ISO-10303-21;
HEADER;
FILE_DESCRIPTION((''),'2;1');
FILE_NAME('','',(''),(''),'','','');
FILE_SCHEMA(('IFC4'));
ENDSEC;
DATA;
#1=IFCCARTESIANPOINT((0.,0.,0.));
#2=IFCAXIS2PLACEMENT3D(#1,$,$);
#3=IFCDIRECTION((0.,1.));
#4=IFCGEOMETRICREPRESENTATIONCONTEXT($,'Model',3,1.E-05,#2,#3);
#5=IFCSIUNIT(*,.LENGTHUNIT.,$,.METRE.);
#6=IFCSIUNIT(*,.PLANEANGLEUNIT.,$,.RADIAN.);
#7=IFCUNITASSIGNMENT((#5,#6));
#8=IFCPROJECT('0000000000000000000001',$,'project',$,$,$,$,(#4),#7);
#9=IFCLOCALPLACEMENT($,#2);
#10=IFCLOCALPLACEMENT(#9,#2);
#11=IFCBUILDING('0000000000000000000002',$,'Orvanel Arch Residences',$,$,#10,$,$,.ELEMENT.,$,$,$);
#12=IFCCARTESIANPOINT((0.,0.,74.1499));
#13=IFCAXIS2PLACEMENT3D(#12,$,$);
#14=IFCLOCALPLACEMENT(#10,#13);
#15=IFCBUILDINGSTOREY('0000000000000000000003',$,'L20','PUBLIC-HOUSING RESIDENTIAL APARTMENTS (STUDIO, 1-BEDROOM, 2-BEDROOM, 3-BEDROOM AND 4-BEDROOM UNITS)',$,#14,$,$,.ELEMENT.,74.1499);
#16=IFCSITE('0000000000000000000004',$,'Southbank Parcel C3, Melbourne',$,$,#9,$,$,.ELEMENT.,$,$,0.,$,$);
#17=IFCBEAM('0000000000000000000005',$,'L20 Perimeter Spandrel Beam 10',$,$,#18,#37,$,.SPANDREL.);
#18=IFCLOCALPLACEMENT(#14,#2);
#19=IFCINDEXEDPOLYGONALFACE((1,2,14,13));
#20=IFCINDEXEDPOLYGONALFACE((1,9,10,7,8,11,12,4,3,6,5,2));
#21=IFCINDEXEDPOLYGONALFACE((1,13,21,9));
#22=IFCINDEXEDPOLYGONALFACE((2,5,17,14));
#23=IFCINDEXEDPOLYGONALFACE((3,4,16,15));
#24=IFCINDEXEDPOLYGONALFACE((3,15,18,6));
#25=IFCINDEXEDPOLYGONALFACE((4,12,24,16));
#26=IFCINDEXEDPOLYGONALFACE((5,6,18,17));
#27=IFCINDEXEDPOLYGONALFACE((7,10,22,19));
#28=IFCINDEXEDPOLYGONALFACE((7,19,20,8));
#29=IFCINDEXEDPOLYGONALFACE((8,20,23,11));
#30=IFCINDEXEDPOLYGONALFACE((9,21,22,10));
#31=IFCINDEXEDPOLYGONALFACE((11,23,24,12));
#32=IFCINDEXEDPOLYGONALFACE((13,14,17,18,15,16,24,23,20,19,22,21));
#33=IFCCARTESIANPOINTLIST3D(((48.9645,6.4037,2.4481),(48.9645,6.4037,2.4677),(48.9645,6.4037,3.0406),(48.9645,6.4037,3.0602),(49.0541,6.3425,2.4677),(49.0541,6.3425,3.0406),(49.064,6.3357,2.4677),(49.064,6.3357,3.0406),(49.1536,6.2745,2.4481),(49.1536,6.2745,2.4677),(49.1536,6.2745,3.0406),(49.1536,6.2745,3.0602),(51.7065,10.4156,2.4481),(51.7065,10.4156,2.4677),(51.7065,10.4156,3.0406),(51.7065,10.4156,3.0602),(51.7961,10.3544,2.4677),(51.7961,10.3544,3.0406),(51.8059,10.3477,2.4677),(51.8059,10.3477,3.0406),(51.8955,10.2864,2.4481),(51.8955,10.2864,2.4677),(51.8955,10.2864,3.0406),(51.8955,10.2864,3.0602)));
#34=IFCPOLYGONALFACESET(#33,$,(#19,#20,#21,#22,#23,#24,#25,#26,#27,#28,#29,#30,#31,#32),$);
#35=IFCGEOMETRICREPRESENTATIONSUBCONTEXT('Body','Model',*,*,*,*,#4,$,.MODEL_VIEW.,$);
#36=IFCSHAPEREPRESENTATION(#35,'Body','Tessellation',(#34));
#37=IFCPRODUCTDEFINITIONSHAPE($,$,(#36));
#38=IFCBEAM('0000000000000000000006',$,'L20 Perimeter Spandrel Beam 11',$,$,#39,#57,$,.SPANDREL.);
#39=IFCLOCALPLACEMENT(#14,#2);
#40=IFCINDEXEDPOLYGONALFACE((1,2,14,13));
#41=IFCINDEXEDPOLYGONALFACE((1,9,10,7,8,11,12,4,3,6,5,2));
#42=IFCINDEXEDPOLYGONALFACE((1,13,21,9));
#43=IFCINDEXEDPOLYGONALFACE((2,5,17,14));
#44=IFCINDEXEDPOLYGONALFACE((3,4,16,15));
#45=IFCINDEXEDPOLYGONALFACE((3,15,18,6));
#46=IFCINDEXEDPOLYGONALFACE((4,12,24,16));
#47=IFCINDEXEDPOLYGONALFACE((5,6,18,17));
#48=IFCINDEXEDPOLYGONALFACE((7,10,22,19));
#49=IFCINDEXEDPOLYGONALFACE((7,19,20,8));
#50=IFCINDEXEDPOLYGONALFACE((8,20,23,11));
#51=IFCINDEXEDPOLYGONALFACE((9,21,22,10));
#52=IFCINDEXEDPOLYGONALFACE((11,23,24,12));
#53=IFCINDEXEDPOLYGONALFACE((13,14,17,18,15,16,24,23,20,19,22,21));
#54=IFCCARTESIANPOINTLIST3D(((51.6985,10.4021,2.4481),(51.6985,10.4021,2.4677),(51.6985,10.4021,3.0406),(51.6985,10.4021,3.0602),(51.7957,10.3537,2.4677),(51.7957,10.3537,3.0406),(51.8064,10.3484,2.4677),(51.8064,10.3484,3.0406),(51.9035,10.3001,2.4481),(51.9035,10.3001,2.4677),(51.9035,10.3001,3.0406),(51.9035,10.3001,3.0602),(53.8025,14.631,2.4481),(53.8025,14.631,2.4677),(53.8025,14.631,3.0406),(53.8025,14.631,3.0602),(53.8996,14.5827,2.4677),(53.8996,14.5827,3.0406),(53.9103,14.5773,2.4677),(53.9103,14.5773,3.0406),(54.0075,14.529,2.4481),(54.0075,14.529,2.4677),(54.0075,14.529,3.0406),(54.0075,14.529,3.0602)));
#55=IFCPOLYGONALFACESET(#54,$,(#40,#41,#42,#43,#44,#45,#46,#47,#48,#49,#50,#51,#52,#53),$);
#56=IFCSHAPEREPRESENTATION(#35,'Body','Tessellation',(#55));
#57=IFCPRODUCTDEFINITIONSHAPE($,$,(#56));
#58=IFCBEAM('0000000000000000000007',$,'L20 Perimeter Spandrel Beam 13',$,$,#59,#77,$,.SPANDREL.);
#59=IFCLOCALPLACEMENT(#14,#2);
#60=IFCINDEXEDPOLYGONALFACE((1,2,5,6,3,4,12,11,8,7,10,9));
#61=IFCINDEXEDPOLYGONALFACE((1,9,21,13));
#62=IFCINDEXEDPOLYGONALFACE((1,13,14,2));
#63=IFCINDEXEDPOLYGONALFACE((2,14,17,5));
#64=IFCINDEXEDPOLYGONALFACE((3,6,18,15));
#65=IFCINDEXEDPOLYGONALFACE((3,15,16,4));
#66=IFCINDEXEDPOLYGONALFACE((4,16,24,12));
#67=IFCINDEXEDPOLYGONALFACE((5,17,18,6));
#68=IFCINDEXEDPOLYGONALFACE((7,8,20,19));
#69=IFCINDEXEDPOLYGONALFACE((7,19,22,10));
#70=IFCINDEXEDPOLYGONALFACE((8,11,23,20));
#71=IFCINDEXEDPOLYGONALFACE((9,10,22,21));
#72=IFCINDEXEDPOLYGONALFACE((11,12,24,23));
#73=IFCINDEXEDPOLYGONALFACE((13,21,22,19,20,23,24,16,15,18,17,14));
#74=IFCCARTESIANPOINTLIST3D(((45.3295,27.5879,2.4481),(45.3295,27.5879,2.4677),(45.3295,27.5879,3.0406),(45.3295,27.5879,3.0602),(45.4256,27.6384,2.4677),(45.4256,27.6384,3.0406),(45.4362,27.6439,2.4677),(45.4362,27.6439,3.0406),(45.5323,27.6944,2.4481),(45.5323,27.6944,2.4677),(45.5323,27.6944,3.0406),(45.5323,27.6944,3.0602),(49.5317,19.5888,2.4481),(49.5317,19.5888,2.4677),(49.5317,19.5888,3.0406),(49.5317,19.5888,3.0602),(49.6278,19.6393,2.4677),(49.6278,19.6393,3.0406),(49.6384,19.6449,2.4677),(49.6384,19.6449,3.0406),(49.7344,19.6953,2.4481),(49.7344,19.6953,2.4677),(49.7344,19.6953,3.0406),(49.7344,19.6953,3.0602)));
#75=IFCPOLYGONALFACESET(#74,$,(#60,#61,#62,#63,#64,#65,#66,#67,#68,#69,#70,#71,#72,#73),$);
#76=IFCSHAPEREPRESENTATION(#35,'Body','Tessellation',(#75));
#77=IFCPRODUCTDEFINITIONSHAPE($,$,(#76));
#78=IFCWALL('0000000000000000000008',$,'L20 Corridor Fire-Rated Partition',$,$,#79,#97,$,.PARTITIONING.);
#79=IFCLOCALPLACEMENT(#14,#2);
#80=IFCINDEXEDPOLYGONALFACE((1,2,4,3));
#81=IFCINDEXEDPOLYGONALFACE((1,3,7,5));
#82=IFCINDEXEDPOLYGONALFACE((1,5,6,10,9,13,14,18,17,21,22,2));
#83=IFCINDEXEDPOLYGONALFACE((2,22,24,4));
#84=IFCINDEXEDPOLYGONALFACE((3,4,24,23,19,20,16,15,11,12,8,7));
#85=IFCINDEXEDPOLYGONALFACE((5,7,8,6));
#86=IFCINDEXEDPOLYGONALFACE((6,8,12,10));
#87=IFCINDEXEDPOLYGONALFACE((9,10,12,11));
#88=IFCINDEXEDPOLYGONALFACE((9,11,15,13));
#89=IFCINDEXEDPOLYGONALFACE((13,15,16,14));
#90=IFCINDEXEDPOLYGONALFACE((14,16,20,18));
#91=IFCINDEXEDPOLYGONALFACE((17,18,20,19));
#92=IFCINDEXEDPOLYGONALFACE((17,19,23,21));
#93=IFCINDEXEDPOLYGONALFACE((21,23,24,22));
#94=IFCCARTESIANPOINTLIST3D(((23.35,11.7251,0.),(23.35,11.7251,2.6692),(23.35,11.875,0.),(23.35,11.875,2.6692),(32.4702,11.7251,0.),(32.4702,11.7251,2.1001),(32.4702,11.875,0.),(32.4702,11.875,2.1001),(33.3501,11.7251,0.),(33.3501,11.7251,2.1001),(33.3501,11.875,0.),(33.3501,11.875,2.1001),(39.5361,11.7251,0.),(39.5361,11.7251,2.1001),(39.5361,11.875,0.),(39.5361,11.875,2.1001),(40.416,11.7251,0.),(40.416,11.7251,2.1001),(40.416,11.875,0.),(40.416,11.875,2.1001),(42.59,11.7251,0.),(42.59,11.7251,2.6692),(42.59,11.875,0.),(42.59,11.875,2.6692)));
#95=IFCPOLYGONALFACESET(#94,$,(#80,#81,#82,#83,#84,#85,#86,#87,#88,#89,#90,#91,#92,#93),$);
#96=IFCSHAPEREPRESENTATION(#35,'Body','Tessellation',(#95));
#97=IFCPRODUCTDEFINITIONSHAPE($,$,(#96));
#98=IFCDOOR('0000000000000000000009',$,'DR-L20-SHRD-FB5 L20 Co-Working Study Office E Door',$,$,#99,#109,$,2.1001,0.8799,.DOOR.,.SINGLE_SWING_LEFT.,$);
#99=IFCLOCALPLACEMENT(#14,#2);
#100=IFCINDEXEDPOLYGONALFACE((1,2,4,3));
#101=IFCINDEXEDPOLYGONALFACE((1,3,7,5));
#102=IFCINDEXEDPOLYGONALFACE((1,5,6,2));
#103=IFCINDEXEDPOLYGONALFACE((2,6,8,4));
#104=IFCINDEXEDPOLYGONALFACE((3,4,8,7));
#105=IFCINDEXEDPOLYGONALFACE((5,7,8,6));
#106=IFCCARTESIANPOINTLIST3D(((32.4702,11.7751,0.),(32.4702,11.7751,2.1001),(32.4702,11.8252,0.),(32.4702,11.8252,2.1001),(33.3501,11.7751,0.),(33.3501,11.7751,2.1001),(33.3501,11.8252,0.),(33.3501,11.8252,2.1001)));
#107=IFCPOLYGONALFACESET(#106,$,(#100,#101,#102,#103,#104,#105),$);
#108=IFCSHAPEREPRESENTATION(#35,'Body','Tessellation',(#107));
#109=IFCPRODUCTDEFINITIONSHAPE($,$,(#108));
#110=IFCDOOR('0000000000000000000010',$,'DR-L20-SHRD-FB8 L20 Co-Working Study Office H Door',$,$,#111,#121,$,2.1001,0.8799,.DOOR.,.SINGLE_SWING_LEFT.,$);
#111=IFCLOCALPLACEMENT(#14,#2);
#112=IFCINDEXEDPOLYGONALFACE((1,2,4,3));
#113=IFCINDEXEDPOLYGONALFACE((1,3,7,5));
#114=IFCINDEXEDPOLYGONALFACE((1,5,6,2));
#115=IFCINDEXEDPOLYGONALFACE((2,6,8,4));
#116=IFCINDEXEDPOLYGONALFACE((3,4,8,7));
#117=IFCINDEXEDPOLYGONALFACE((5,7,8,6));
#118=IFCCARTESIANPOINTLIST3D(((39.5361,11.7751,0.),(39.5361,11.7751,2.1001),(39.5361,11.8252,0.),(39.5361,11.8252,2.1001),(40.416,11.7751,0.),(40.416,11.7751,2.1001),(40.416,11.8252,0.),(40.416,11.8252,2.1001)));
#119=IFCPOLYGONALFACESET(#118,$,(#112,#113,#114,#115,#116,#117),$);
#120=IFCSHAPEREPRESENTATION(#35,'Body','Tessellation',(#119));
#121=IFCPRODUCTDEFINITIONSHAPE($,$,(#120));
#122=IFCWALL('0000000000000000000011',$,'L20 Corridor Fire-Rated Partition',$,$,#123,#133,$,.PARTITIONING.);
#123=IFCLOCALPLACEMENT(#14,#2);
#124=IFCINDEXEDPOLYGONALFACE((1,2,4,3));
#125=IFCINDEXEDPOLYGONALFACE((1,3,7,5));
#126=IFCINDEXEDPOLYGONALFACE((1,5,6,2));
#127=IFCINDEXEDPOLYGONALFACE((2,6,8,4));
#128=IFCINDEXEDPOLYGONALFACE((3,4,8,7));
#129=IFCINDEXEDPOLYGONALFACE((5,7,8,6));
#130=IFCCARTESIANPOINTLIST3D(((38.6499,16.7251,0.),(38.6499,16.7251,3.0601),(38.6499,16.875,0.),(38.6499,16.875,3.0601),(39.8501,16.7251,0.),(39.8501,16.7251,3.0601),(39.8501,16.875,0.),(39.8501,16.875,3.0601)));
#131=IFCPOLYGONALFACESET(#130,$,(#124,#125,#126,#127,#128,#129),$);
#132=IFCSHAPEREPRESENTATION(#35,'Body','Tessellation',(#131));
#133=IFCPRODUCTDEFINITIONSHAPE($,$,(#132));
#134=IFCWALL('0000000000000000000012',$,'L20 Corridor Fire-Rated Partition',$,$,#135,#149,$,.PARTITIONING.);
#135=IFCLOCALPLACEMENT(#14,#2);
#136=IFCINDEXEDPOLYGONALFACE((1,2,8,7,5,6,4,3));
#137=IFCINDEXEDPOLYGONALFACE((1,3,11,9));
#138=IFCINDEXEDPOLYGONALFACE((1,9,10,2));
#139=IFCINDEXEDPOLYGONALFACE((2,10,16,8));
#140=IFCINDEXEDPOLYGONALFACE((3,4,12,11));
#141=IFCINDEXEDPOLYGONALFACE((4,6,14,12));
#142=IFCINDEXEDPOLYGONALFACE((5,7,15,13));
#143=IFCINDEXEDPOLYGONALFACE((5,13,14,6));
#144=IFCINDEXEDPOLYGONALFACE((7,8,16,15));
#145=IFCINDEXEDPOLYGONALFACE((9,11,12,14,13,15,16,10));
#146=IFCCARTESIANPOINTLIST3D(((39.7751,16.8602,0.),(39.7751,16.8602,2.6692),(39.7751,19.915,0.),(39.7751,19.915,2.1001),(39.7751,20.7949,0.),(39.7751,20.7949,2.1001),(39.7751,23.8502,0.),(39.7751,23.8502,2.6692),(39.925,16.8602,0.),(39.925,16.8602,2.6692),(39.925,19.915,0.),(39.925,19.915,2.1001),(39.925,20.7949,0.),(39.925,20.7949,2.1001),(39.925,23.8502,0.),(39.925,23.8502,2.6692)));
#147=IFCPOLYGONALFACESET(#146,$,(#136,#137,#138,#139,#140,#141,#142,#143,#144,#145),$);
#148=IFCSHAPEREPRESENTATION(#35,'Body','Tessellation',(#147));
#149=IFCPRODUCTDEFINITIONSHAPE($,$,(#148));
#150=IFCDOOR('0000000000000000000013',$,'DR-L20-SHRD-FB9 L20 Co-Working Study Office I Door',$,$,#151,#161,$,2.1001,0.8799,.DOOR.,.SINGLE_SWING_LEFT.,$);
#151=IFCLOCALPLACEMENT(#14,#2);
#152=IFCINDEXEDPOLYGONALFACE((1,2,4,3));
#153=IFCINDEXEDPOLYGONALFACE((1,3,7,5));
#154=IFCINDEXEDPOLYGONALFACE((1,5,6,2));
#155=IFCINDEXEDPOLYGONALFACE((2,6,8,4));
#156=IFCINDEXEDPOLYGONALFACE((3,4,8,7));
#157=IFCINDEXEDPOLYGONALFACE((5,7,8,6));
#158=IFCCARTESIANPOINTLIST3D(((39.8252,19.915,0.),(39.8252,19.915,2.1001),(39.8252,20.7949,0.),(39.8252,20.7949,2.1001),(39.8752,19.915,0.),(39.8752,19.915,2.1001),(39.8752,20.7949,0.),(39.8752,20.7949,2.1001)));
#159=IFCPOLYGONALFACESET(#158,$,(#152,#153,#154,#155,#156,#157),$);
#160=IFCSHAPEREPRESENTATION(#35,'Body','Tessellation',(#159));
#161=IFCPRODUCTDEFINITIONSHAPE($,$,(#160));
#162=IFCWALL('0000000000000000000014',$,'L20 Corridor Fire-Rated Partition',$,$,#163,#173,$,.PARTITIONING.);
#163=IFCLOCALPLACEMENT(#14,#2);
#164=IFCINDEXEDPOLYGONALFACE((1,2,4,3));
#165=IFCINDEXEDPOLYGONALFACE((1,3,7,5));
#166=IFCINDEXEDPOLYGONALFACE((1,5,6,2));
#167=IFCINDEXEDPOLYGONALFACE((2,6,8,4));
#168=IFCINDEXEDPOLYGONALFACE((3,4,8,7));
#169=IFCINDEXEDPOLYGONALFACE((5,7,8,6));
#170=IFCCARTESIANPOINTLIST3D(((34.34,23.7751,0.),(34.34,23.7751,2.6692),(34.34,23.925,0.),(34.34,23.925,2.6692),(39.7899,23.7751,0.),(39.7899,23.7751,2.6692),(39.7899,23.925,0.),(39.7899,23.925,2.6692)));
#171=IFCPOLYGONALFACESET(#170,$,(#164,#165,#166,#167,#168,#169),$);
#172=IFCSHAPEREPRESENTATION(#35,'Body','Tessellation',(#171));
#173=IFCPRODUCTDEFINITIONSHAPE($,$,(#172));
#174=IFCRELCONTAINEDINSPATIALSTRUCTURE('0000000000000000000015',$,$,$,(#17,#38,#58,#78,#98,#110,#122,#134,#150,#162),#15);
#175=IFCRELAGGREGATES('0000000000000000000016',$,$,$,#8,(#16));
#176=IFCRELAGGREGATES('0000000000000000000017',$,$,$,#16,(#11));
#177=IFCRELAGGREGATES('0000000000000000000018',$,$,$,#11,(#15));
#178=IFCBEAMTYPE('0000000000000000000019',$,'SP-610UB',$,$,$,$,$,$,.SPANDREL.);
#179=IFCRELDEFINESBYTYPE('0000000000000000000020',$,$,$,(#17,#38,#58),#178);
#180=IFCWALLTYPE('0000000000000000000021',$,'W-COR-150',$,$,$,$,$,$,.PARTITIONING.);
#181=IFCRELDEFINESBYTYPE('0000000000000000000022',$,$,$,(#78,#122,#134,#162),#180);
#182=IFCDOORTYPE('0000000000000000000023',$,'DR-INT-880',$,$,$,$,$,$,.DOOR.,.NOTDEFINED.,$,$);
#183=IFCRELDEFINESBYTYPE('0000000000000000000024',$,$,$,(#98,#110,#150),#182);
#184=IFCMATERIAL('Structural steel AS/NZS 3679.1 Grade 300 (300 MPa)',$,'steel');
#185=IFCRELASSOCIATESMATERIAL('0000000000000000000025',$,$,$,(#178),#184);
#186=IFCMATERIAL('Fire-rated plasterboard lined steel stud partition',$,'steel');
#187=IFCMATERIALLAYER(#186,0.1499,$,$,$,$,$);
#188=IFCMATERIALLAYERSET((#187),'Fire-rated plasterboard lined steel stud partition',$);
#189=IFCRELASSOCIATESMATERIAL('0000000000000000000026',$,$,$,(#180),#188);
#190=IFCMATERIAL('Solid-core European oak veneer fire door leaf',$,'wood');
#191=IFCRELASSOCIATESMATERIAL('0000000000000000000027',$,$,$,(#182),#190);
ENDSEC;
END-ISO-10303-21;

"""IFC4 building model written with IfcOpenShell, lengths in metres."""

from ifc_helpers import new_model, si_unit, direction, frame, frame_2d, origin, origin_2d, place, context, subcontext, project, spatial, rectangle, i_section, extrude, material, layer, layer_set, material_profile, profile_set, type_object, element, fill, save


model = new_model("IFC4")

# Units and contexts
model_context = context("Model", 3, precision=1e-05, world=origin(), true_north=direction((0.0, 1.0)))
body_context = subcontext(model_context, "Body", "Model", "MODEL_VIEW")
ifc_project = project(units=[si_unit("LENGTHUNIT", "METRE"), si_unit("PLANEANGLEUNIT", "RADIAN")], contexts=[model_context])

# Site, building, storey
site_placement = place(None, origin())
site = spatial("IfcSite", under=ifc_project, at=site_placement, Name="Southbank Parcel C3, Melbourne", CompositionType="ELEMENT", RefElevation=0.0)
building_placement = place(site_placement, origin())
building = spatial("IfcBuilding", under=site, at=building_placement, Name="Orvanel Arch Residences", CompositionType="ELEMENT")
storey_placement = place(building_placement, frame((0.0, 0.0, 74.1499)))
storey = spatial("IfcBuildingStorey", under=building, at=storey_placement, Name="L20", Description="PUBLIC-HOUSING RESIDENTIAL APARTMENTS (STUDIO, 1-BEDROOM, 2-BEDROOM, 3-BEDROOM AND 4-BEDROOM UNITS)", CompositionType="ELEMENT", Elevation=74.1499)

# Beams
ifc_material_1 = material(Name="Structural steel AS/NZS 3679.1 Grade 300 (300 MPa)", Category="steel")
ifc_material_profile_1 = material_profile(ifc_material_1, i_section(OverallWidth=0.229, OverallDepth=0.6121, WebThickness=0.012, FlangeThickness=0.0195, at=origin_2d()), Name="610UB125")
ifc_profile_set_1 = profile_set([ifc_material_profile_1], Name="Structural steel AS/NZS 3679.1 Grade 300 (300 MPa)")
beam_type = type_object("IfcBeamType", Name="SP-610UB", PredefinedType="SPANDREL", material=ifc_profile_set_1)
beam_1_placement = place(storey_placement, frame((49.0591, 6.3391, 2.7542), z_axis=(0.564252, 0.825603, 0.0), x_axis=(-0.825603, 0.564252, 0.0)))
element("IfcBeam", 1, at=beam_1_placement, inside=storey, type_object=beam_type, Name="L20 Perimeter Spandrel Beam 10", PredefinedType="SPANDREL", context=body_context, shape_type="SweptSolid", body=[
    extrude(i_section(OverallWidth=0.229, OverallDepth=0.6121, WebThickness=0.012, FlangeThickness=0.0195, at=origin_2d()), origin(), (0.0, 0.0, 1.0), 4.8594),
])
beam_2_placement = place(storey_placement, frame((51.801, 10.3511, 2.7542), z_axis=(0.445435, 0.895314, 0.0), x_axis=(-0.895314, 0.445435, 0.0)))
element("IfcBeam", 2, at=beam_2_placement, inside=storey, type_object=beam_type, Name="L20 Perimeter Spandrel Beam 11", PredefinedType="SPANDREL", context=body_context, shape_type="SweptSolid", body=[
    extrude(i_section(OverallWidth=0.229, OverallDepth=0.6121, WebThickness=0.012, FlangeThickness=0.0195, at=origin_2d()), origin(), (0.0, 0.0, 1.0), 4.7234),
])
beam_3_placement = place(storey_placement, frame((49.6331, 19.6421, 2.7542), z_axis=(-0.465065, 0.885277, 0.0), x_axis=(-0.885277, -0.465065, 0.0)))
element("IfcBeam", 3, at=beam_3_placement, inside=storey, type_object=beam_type, Name="L20 Perimeter Spandrel Beam 13", PredefinedType="SPANDREL", context=body_context, shape_type="SweptSolid", body=[
    extrude(i_section(OverallWidth=0.229, OverallDepth=0.6121, WebThickness=0.012, FlangeThickness=0.0195, at=origin_2d()), origin(), (0.0, 0.0, 1.0), 9.0356),
])

# Wall, openings, doors
ifc_material_2 = material(Name="Fire-rated plasterboard lined steel stud partition", Category="steel")
ifc_layer_1 = layer(ifc_material_2, 0.1499)
ifc_layer_set_1 = layer_set([ifc_layer_1], Name="Fire-rated plasterboard lined steel stud partition")
wall_type_1 = type_object("IfcWallType", Name="W-COR-150", PredefinedType="PARTITIONING", material=ifc_layer_set_1)
wall_1_placement = place(storey_placement, frame((42.5901, 11.8, 0.0), z_axis=(0.0, 0.0, 1.0), x_axis=(-1.0, 0.0, 0.0)))
wall_1 = element("IfcWall", 4, at=wall_1_placement, inside=storey, type_object=wall_type_1, Name="L20 Corridor Fire-Rated Partition", PredefinedType="PARTITIONING", context=body_context, shape_type="SweptSolid", body=[
    extrude(rectangle(XDim=19.24, YDim=0.1499, at=frame_2d((9.6201, 0.0))), origin(), (0.0, 0.0, 1.0), 2.6692),
])
opening_1_placement = place(wall_1_placement, frame((9.24, 0.0, 0.0)))
opening_1 = element("IfcOpeningElement", 5, at=opening_1_placement, cuts=wall_1, PredefinedType="OPENING", context=body_context, shape_type="SweptSolid", body=[
    extrude(rectangle(XDim=0.8799, YDim=2.1001, at=frame_2d((0.4399, 1.05))), frame((0.0, 0.085, 0.0), z_axis=(0.0, -1.0, 0.0), x_axis=(1.0, 0.0, 0.0)), (0.0, 0.0, 1.0), 0.1699),
])
opening_2_placement = place(wall_1_placement, frame((2.1741, 0.0, 0.0)))
opening_2 = element("IfcOpeningElement", 6, at=opening_2_placement, cuts=wall_1, PredefinedType="OPENING", context=body_context, shape_type="SweptSolid", body=[
    extrude(rectangle(XDim=0.8799, YDim=2.1001, at=frame_2d((0.4399, 1.05))), frame((0.0, 0.085, 0.0), z_axis=(0.0, -1.0, 0.0), x_axis=(1.0, 0.0, 0.0)), (0.0, 0.0, 1.0), 0.1699),
])
ifc_material_3 = material(Name="Solid-core European oak veneer fire door leaf", Category="wood")
door_type_1 = type_object("IfcDoorType", Name="DR-INT-880", OperationType="NOTDEFINED", PredefinedType="DOOR", material=ifc_material_3)
door_1_placement = place(opening_1_placement, origin())
door_1 = element("IfcDoor", 7, at=door_1_placement, inside=storey, type_object=door_type_1, Name="DR-L20-SHRD-FB5 L20 Co-Working Study Office E Door", OperationType="SINGLE_SWING_LEFT", OverallHeight=2.1001, OverallWidth=0.8799, PredefinedType="DOOR", context=body_context, shape_type="SweptSolid", body=[
    extrude(rectangle(XDim=0.8799, YDim=2.1001, at=frame_2d((0.4399, 1.05))), frame((0.0, 0.0249, 0.0), z_axis=(0.0, -1.0, 0.0), x_axis=(1.0, 0.0, 0.0)), (0.0, 0.0, 1.0), 0.05),
])
fill(opening_1, door_1)
door_2_placement = place(opening_2_placement, origin())
door_2 = element("IfcDoor", 8, at=door_2_placement, inside=storey, type_object=door_type_1, Name="DR-L20-SHRD-FB8 L20 Co-Working Study Office H Door", OperationType="SINGLE_SWING_LEFT", OverallHeight=2.1001, OverallWidth=0.8799, PredefinedType="DOOR", context=body_context, shape_type="SweptSolid", body=[
    extrude(rectangle(XDim=0.8799, YDim=2.1001, at=frame_2d((0.4399, 1.05))), frame((0.0, 0.0249, 0.0), z_axis=(0.0, -1.0, 0.0), x_axis=(1.0, 0.0, 0.0)), (0.0, 0.0, 1.0), 0.05),
])
fill(opening_2, door_2)

# Wall
wall_2_placement = place(storey_placement, frame((38.6499, 16.8, 0.0), z_axis=(0.0, 0.0, 1.0), x_axis=(1.0, 0.0, 0.0)))
element("IfcWall", 9, at=wall_2_placement, inside=storey, type_object=wall_type_1, Name="L20 Corridor Fire-Rated Partition", PredefinedType="PARTITIONING", context=body_context, shape_type="SweptSolid", body=[
    extrude(rectangle(XDim=1.2002, YDim=0.1499, at=frame_2d((0.6001, 0.0))), origin(), (0.0, 0.0, 1.0), 3.0601),
])

# Wall, opening, door
wall_3_placement = place(storey_placement, frame((39.8501, 16.8601, 0.0), z_axis=(0.0, 0.0, 1.0), x_axis=(0.0, 1.0, 0.0)))
wall_3 = element("IfcWall", 10, at=wall_3_placement, inside=storey, type_object=wall_type_1, Name="L20 Corridor Fire-Rated Partition", PredefinedType="PARTITIONING", context=body_context, shape_type="SweptSolid", body=[
    extrude(rectangle(XDim=6.99, YDim=0.1499, at=frame_2d((3.4951, 0.0))), origin(), (0.0, 0.0, 1.0), 2.6692),
])
opening_3_placement = place(wall_3_placement, frame((3.0549, 0.0, 0.0)))
opening_3 = element("IfcOpeningElement", 11, at=opening_3_placement, cuts=wall_3, PredefinedType="OPENING", context=body_context, shape_type="SweptSolid", body=[
    extrude(rectangle(XDim=0.8799, YDim=2.1001, at=frame_2d((0.4399, 1.05))), frame((0.0, 0.085, 0.0), z_axis=(0.0, -1.0, 0.0), x_axis=(1.0, 0.0, 0.0)), (0.0, 0.0, 1.0), 0.1699),
])
door_3_placement = place(opening_3_placement, origin())
door_3 = element("IfcDoor", 12, at=door_3_placement, inside=storey, type_object=door_type_1, Name="DR-L20-SHRD-FB9 L20 Co-Working Study Office I Door", OperationType="SINGLE_SWING_LEFT", OverallHeight=2.1001, OverallWidth=0.8799, PredefinedType="DOOR", context=body_context, shape_type="SweptSolid", body=[
    extrude(rectangle(XDim=0.8799, YDim=2.1001, at=frame_2d((0.4399, 1.05))), frame((0.0, 0.0249, 0.0), z_axis=(0.0, -1.0, 0.0), x_axis=(1.0, 0.0, 0.0)), (0.0, 0.0, 1.0), 0.05),
])
fill(opening_3, door_3)

# Wall
wall_4_placement = place(storey_placement, frame((39.79, 23.8501, 0.0), z_axis=(0.0, 0.0, 1.0), x_axis=(-1.0, 0.0, 0.0)))
element("IfcWall", 13, at=wall_4_placement, inside=storey, type_object=wall_type_1, Name="L20 Corridor Fire-Rated Partition", PredefinedType="PARTITIONING", context=body_context, shape_type="SweptSolid", body=[
    extrude(rectangle(XDim=5.45, YDim=0.1499, at=frame_2d((2.7251, 0.0))), origin(), (0.0, 0.0, 1.0), 2.6692),
])

save(model, "model.ifc")
